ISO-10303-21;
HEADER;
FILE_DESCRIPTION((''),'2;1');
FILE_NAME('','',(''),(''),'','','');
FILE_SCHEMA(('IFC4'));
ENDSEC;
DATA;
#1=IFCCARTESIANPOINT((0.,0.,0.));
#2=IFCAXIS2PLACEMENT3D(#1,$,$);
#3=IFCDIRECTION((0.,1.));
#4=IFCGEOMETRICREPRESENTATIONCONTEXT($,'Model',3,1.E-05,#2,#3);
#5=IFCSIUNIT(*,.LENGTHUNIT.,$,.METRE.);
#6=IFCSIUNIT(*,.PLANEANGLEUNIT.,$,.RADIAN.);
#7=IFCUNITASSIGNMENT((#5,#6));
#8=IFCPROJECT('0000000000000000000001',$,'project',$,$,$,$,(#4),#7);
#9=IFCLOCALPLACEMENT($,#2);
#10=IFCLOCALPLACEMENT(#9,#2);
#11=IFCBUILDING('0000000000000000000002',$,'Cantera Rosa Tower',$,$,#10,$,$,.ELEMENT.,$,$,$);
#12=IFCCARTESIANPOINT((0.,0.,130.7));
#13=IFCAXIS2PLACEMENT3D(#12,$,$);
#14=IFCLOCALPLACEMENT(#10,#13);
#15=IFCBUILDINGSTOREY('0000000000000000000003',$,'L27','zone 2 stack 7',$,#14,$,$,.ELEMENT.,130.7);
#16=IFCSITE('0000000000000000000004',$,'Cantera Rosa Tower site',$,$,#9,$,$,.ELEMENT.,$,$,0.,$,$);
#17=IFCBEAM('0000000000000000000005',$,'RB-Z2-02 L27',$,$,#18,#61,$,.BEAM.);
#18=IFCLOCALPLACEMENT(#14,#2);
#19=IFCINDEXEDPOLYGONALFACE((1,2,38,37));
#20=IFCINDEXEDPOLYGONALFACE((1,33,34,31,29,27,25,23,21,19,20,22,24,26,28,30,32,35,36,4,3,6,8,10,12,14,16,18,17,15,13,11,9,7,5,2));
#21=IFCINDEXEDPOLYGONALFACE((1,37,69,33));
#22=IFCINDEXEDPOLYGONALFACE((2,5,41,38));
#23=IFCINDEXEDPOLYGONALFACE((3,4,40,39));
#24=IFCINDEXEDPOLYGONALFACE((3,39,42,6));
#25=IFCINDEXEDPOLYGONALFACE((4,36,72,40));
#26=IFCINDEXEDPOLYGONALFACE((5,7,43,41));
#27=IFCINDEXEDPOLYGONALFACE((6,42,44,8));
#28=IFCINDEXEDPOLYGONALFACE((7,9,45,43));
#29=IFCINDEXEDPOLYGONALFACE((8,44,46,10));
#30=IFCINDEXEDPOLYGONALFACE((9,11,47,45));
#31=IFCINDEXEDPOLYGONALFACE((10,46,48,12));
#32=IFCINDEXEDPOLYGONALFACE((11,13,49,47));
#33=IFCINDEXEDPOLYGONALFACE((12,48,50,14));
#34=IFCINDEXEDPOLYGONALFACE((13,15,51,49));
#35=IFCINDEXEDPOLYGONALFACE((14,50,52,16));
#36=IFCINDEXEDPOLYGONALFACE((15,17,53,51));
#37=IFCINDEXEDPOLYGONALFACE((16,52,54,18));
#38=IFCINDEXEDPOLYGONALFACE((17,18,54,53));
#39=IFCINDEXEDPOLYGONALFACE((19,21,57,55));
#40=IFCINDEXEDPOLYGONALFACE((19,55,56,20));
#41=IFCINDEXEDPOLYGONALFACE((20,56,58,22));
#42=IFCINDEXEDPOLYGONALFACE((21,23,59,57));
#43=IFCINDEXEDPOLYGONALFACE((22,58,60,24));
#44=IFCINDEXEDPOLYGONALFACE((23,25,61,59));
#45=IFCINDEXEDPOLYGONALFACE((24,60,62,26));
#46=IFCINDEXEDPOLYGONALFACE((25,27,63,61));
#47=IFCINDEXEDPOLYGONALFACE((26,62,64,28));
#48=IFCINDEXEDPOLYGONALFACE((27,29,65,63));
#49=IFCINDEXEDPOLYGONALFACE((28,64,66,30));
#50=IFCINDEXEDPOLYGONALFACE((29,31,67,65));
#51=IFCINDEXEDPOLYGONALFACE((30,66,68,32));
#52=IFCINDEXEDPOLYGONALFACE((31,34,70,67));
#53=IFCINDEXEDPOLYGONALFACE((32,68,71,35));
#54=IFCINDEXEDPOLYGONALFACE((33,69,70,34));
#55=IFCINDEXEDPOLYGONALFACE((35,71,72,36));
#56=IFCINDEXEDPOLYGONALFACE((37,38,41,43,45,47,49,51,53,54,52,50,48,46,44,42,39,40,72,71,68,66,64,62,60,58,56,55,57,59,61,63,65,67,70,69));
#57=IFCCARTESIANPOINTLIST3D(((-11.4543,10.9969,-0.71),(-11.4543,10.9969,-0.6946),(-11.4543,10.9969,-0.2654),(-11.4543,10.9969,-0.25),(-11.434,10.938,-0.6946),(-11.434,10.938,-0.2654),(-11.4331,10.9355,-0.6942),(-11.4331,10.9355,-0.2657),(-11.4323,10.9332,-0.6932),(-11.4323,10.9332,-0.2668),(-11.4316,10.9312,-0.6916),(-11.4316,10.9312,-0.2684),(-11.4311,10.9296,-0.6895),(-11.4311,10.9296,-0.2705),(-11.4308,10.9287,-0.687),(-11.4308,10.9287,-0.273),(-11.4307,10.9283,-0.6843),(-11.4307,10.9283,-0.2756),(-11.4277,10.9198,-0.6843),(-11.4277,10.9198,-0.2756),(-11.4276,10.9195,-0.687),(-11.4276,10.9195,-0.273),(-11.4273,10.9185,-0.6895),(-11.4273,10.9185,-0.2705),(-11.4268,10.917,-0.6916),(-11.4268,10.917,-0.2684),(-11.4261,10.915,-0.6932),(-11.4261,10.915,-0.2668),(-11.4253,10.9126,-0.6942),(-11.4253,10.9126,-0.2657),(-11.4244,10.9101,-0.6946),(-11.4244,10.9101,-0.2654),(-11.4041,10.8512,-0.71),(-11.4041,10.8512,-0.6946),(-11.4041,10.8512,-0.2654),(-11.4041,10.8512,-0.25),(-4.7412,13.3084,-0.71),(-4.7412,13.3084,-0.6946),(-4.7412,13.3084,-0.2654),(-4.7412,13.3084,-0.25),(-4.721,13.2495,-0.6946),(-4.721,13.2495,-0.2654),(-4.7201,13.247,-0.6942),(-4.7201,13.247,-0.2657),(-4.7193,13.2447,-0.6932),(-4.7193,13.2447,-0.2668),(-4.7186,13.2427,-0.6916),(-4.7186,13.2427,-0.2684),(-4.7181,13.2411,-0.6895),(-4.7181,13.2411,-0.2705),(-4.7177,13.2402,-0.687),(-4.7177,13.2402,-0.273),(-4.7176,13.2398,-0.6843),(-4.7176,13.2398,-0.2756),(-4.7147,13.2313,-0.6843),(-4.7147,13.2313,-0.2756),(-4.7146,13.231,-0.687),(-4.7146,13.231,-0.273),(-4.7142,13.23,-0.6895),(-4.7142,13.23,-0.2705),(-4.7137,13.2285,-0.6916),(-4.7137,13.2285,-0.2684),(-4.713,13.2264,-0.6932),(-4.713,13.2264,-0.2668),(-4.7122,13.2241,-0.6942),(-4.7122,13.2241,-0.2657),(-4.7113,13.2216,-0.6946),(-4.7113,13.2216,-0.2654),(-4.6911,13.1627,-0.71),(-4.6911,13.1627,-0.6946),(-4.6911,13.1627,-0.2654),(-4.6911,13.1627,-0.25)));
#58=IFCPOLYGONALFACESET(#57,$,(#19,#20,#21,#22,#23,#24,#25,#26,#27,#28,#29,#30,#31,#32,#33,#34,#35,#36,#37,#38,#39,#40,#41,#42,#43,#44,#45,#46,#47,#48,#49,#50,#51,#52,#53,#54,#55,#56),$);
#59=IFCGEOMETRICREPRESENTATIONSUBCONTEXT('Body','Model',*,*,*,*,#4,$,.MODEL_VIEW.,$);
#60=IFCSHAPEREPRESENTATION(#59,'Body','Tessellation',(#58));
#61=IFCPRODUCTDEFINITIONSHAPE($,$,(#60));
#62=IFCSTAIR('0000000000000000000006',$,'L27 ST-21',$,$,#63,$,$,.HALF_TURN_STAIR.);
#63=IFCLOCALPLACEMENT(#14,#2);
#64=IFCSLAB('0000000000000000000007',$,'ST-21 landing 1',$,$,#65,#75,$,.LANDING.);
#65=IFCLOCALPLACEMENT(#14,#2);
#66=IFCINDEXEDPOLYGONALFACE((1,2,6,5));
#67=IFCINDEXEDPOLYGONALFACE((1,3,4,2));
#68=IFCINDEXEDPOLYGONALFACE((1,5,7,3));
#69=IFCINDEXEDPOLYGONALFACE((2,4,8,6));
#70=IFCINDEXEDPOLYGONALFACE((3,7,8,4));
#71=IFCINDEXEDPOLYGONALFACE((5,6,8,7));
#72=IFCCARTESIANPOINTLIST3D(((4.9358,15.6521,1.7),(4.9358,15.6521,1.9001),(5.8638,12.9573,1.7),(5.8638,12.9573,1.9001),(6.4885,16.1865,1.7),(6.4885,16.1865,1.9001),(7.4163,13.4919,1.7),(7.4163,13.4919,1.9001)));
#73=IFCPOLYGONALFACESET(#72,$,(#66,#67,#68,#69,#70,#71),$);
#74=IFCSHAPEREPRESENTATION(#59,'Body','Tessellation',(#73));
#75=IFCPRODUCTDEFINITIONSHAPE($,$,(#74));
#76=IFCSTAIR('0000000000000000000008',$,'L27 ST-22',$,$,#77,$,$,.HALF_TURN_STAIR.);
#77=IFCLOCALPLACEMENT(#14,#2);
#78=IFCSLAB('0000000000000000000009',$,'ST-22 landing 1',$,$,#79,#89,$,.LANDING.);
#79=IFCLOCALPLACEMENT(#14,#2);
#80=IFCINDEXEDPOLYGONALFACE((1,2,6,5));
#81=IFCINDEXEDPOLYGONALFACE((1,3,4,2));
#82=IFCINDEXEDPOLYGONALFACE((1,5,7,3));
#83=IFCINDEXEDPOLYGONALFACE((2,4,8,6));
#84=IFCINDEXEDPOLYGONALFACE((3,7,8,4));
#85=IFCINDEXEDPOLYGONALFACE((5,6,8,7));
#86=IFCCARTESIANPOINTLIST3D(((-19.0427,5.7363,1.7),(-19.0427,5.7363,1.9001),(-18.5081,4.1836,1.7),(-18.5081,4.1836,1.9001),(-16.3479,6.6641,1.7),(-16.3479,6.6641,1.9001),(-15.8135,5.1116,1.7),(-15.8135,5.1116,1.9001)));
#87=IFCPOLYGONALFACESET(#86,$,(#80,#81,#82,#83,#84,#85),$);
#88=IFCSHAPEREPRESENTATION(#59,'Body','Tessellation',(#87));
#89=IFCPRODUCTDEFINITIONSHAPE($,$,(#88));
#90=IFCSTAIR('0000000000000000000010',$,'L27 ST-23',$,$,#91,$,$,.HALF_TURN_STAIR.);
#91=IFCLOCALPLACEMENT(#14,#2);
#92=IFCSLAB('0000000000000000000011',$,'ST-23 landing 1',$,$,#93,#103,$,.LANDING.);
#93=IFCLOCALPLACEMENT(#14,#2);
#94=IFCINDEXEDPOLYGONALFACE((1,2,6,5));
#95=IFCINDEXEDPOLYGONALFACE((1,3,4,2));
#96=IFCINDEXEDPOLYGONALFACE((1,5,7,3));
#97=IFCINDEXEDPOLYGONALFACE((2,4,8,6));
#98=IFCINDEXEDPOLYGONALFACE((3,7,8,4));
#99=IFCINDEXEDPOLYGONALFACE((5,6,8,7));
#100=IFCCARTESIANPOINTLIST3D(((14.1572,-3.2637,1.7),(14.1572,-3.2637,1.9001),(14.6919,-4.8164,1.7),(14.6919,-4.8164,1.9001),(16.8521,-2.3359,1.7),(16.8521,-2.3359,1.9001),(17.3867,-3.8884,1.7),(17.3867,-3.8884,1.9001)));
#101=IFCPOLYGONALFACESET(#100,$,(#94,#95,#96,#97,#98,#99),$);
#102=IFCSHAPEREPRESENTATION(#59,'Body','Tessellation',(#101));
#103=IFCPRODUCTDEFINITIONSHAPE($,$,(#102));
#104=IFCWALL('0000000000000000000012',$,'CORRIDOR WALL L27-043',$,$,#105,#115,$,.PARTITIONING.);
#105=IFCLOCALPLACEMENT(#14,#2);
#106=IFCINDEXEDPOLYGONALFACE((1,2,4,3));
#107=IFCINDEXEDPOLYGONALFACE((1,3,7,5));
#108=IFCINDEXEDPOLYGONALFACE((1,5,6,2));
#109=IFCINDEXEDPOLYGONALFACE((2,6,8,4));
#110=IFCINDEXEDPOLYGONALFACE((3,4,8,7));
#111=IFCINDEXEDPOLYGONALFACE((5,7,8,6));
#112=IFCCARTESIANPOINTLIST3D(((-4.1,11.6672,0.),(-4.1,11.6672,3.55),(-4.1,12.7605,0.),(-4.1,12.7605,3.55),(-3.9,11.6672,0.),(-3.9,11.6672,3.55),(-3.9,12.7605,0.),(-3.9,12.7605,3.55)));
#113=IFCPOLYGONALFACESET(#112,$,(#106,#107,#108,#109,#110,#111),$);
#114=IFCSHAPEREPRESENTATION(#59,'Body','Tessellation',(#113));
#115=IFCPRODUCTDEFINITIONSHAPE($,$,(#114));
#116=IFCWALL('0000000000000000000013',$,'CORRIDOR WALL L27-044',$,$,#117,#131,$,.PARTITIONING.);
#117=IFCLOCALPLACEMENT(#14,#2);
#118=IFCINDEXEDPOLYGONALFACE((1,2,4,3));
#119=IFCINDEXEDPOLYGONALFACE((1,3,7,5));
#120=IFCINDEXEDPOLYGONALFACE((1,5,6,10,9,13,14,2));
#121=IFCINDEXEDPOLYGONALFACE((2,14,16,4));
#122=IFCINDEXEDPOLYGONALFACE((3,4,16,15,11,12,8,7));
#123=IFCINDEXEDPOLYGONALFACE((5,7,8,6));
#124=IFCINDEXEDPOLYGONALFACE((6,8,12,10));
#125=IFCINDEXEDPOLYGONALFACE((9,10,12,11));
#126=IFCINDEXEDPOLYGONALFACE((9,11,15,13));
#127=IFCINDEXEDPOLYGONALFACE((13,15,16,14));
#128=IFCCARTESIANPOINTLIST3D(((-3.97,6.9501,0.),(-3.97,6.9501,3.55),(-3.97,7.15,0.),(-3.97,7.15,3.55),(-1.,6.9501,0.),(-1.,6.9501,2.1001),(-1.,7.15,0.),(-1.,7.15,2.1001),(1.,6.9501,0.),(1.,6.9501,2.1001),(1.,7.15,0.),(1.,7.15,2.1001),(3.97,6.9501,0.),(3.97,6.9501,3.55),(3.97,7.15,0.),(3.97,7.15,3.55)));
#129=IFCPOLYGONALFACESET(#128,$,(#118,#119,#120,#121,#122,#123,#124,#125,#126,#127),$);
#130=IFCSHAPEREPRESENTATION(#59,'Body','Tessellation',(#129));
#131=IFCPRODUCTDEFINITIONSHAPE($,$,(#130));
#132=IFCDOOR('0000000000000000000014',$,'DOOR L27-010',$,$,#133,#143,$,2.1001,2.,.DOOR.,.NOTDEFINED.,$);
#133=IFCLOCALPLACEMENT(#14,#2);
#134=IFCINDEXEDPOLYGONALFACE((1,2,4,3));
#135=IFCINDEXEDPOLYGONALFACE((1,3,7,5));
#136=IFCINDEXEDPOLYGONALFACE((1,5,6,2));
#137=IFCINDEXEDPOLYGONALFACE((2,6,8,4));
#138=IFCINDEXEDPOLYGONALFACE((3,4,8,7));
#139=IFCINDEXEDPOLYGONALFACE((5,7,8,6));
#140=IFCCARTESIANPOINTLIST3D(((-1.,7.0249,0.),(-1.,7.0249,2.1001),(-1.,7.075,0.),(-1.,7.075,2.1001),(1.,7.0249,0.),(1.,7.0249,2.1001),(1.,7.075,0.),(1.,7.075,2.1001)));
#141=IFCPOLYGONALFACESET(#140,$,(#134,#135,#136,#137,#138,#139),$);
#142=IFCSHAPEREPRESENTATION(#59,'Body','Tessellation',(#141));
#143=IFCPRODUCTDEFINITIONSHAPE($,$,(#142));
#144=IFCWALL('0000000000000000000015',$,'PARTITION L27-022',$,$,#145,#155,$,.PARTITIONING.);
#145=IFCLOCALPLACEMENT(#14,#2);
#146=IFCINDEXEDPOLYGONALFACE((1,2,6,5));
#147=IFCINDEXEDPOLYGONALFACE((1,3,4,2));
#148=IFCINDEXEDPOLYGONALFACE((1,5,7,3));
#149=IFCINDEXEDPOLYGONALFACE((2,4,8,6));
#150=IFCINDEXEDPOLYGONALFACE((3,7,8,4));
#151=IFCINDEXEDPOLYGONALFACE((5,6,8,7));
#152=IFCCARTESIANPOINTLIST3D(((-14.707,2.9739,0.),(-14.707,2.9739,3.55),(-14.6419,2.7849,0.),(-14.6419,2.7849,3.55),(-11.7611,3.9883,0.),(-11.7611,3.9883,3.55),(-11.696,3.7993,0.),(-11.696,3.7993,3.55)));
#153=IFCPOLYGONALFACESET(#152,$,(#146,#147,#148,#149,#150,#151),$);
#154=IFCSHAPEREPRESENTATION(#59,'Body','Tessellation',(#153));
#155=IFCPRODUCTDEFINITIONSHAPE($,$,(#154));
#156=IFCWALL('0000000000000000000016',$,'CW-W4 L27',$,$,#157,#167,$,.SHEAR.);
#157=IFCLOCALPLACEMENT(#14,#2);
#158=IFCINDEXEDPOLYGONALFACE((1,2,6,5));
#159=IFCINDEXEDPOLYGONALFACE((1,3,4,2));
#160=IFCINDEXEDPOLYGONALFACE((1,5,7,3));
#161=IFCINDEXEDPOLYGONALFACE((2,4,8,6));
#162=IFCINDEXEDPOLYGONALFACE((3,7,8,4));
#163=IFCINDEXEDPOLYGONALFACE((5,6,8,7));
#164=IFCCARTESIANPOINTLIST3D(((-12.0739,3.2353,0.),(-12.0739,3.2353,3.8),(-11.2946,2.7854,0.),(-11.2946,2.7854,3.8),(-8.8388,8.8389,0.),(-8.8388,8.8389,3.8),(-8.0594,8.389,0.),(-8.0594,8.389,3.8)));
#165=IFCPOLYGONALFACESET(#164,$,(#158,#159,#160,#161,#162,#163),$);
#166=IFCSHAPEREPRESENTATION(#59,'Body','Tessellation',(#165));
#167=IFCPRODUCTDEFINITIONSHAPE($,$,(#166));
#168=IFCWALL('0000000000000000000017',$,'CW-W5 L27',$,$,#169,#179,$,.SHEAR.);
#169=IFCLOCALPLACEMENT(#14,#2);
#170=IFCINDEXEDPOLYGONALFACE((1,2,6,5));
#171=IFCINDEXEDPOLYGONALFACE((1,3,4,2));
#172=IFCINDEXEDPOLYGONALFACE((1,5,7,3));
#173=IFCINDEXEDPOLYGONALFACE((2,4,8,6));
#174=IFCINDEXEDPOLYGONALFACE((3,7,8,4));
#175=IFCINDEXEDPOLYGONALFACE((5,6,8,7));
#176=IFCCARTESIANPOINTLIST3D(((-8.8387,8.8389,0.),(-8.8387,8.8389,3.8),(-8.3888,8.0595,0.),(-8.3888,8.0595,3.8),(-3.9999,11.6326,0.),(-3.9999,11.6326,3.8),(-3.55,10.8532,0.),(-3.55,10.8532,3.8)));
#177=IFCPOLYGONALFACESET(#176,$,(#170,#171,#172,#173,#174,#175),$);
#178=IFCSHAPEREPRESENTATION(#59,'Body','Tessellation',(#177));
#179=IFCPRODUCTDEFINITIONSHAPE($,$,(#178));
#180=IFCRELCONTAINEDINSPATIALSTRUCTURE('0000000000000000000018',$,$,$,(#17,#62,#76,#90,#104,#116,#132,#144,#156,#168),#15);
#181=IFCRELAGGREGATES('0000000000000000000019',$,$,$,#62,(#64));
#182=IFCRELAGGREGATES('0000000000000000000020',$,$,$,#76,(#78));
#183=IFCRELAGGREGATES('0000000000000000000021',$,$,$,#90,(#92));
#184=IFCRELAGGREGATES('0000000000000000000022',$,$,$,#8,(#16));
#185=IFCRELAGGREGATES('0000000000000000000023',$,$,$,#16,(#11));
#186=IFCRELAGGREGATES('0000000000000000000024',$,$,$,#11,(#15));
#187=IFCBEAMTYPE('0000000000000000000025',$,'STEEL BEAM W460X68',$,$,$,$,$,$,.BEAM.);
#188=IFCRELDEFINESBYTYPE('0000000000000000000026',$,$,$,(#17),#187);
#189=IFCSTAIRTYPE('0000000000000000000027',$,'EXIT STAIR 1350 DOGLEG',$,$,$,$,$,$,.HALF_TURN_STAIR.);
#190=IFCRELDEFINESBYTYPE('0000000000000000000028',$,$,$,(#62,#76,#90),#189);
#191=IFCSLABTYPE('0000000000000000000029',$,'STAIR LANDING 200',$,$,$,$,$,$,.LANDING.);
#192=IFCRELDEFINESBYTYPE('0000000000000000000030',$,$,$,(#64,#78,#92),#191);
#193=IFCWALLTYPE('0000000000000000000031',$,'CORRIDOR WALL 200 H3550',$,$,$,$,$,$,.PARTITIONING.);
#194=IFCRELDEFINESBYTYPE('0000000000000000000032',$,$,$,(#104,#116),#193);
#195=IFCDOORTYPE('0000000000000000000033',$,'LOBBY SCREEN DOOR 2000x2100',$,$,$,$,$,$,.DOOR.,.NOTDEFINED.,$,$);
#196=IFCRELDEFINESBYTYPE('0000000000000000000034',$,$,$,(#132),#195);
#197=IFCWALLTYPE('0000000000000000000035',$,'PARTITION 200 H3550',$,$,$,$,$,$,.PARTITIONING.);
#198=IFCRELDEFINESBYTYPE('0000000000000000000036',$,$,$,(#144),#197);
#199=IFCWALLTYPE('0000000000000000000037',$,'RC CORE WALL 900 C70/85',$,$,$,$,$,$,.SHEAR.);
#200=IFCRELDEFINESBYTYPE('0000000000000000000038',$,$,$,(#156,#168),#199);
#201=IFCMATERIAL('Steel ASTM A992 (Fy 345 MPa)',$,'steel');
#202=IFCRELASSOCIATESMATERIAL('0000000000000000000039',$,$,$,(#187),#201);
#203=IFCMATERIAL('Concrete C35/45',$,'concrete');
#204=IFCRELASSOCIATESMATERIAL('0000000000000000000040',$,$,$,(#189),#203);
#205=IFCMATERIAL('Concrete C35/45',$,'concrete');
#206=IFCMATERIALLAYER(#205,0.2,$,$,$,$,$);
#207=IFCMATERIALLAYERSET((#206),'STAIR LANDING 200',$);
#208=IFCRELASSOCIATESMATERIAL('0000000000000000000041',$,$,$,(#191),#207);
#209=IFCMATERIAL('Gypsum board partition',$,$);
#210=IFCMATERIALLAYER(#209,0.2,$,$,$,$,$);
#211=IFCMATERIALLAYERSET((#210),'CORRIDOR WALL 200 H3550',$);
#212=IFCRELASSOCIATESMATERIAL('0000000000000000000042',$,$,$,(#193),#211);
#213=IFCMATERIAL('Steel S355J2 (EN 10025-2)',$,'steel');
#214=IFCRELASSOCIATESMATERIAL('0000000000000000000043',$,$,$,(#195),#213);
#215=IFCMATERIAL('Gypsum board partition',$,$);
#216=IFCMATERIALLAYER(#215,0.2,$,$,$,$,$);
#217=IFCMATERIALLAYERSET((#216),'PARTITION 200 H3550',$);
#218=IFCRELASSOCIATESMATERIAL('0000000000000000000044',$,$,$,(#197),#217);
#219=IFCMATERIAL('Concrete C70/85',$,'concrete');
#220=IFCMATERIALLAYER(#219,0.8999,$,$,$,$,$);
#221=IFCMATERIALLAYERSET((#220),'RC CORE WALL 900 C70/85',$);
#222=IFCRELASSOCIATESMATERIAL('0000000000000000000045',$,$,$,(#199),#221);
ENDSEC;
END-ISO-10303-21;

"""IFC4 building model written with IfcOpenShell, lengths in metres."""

from ifc_helpers import new_model, si_unit, direction, frame, frame_2d, origin, origin_2d, place, context, subcontext, project, spatial, polyline, rectangle, i_section, outline, extrude, material, layer, layer_set, material_profile, profile_set, type_object, element, fill, aggregate, save


model = new_model("IFC4")

# Units and contexts
model_context = context("Model", 3, precision=1e-05, world=origin(), true_north=direction((0.0, 1.0)))
body_context = subcontext(model_context, "Body", "Model", "MODEL_VIEW")
ifc_project = project(units=[si_unit("LENGTHUNIT", "METRE"), si_unit("PLANEANGLEUNIT", "RADIAN")], contexts=[model_context])

# Site, building, storey
site_placement = place(None, origin())
site = spatial("IfcSite", under=ifc_project, at=site_placement, Name="Cantera Rosa Tower site", CompositionType="ELEMENT", RefElevation=0.0)
building_placement = place(site_placement, origin())
building = spatial("IfcBuilding", under=site, at=building_placement, Name="Cantera Rosa Tower", CompositionType="ELEMENT")
storey_placement = place(building_placement, frame((0.0, 0.0, 130.7)))
storey = spatial("IfcBuildingStorey", under=building, at=storey_placement, Name="L27", Description="zone 2 stack 7", CompositionType="ELEMENT", Elevation=130.7)

# Beam
ifc_material_1 = material(Name="Steel ASTM A992 (Fy 345 MPa)", Category="steel")
ifc_material_profile = material_profile(ifc_material_1, i_section(OverallWidth=0.1541, OverallDepth=0.46, WebThickness=0.009, FlangeThickness=0.0154, FilletRadius=0.0103, at=origin_2d()), Name="W460X68")
ifc_profile_set = profile_set([ifc_material_profile], Name="Steel ASTM A992 (Fy 345 MPa)")
beam_type = type_object("IfcBeamType", Name="STEEL BEAM W460X68", PredefinedType="BEAM", material=ifc_profile_set)
beam_placement = place(storey_placement, frame((-11.4292, 10.9241, -0.48), z_axis=(0.945518, 0.325569, 0.0), x_axis=(-0.325569, 0.945518, 0.0)))
element("IfcBeam", 1, at=beam_placement, inside=storey, type_object=beam_type, Name="RB-Z2-02 L27", PredefinedType="BEAM", context=body_context, shape_type="SweptSolid", body=[
    extrude(i_section(OverallWidth=0.1541, OverallDepth=0.46, WebThickness=0.009, FlangeThickness=0.0154, FilletRadius=0.0103, at=origin_2d()), origin(), (0.0, 0.0, 1.0), 7.0999),
])

# Stairs, slabs
ifc_material_2 = material(Name="Concrete C35/45", Category="concrete")
stair_type = type_object("IfcStairType", Name="EXIT STAIR 1350 DOGLEG", PredefinedType="HALF_TURN_STAIR", material=ifc_material_2)
stair_1_placement = place(storey_placement, origin())
stair_1 = element("IfcStair", 2, at=stair_1_placement, inside=storey, type_object=stair_type, Name="L27 ST-21", PredefinedType="HALF_TURN_STAIR")
ifc_material_3 = material(Name="Concrete C35/45", Category="concrete")
ifc_layer_1 = layer(ifc_material_3, 0.2)
ifc_layer_set_1 = layer_set([ifc_layer_1], Name="STAIR LANDING 200")
slab_type = type_object("IfcSlabType", Name="STAIR LANDING 200", PredefinedType="LANDING", material=ifc_layer_set_1)
slab_1_placement = place(storey_placement, frame((0.0, 0.0, 1.7)))
slab_1 = element("IfcSlab", 3, at=slab_1_placement, type_object=slab_type, Name="ST-21 landing 1", PredefinedType="LANDING", context=body_context, shape_type="SweptSolid", body=[
    extrude(outline(polyline([(6.4885, 16.1865), (4.9358, 15.6521), (5.8638, 12.9573), (7.4163, 13.4919), (6.4885, 16.1865)])), origin(), (0.0, 0.0, 1.0), 0.2002),
])
aggregate(stair_1, [slab_1])
stair_2_placement = place(storey_placement, origin())
stair_2 = element("IfcStair", 4, at=stair_2_placement, inside=storey, type_object=stair_type, Name="L27 ST-22", PredefinedType="HALF_TURN_STAIR")
slab_2_placement = place(storey_placement, frame((0.0, 0.0, 1.7)))
slab_2 = element("IfcSlab", 5, at=slab_2_placement, type_object=slab_type, Name="ST-22 landing 1", PredefinedType="LANDING", context=body_context, shape_type="SweptSolid", body=[
    extrude(outline(polyline([(-15.8135, 5.1116), (-16.3479, 6.6641), (-19.0427, 5.7363), (-18.5081, 4.1836), (-15.8135, 5.1116)])), origin(), (0.0, 0.0, 1.0), 0.2002),
])
aggregate(stair_2, [slab_2])
stair_3_placement = place(storey_placement, origin())
stair_3 = element("IfcStair", 6, at=stair_3_placement, inside=storey, type_object=stair_type, Name="L27 ST-23", PredefinedType="HALF_TURN_STAIR")
slab_3_placement = place(storey_placement, frame((0.0, 0.0, 1.7)))
slab_3 = element("IfcSlab", 7, at=slab_3_placement, type_object=slab_type, Name="ST-23 landing 1", PredefinedType="LANDING", context=body_context, shape_type="SweptSolid", body=[
    extrude(outline(polyline([(17.3867, -3.8884), (16.8521, -2.3359), (14.1572, -3.2637), (14.6919, -4.8164), (17.3867, -3.8884)])), origin(), (0.0, 0.0, 1.0), 0.2002),
])
aggregate(stair_3, [slab_3])

# Wall
ifc_material_4 = material(Name="Gypsum board partition")
ifc_layer_2 = layer(ifc_material_4, 0.2)
ifc_layer_set_2 = layer_set([ifc_layer_2], Name="CORRIDOR WALL 200 H3550")
wall_type_1 = type_object("IfcWallType", Name="CORRIDOR WALL 200 H3550", PredefinedType="PARTITIONING", material=ifc_layer_set_2)
wall_1_placement = place(storey_placement, frame((-4.0, 12.7605, 0.0), z_axis=(0.0, 0.0, 1.0), x_axis=(0.0, -1.0, 0.0)))
element("IfcWall", 8, at=wall_1_placement, inside=storey, type_object=wall_type_1, Name="CORRIDOR WALL L27-043", PredefinedType="PARTITIONING", context=body_context, shape_type="SweptSolid", body=[
    extrude(rectangle(XDim=1.0933, YDim=0.2, at=frame_2d((0.5466, 0.0))), origin(), (0.0, 0.0, 1.0), 3.55),
])

# Wall, opening, door
wall_2_placement = place(storey_placement, frame((-3.97, 7.05, 0.0), z_axis=(0.0, 0.0, 1.0), x_axis=(1.0, 0.0, 0.0)))
wall_2 = element("IfcWall", 9, at=wall_2_placement, inside=storey, type_object=wall_type_1, Name="CORRIDOR WALL L27-044", PredefinedType="PARTITIONING", context=body_context, shape_type="SweptSolid", body=[
    extrude(rectangle(XDim=7.9399, YDim=0.2, at=frame_2d((3.97, 0.0))), origin(), (0.0, 0.0, 1.0), 3.55),
])
opening_1_placement = place(wall_2_placement, frame((2.97, 0.0, 0.0)))
opening_1 = element("IfcOpeningElement", 10, at=opening_1_placement, cuts=wall_2, PredefinedType="OPENING", context=body_context, shape_type="SweptSolid", body=[
    extrude(rectangle(XDim=2.0, YDim=2.1001, at=frame_2d((1.0, 1.05))), frame((0.0, 0.1099, 0.0), z_axis=(0.0, -1.0, 0.0), x_axis=(1.0, 0.0, 0.0)), (0.0, 0.0, 1.0), 0.22),
])
ifc_material_5 = material(Name="Steel S355J2 (EN 10025-2)", Category="steel")
door_type_1 = type_object("IfcDoorType", Name="LOBBY SCREEN DOOR 2000x2100", OperationType="NOTDEFINED", PredefinedType="DOOR", material=ifc_material_5)
door_1_placement = place(opening_1_placement, origin())
door_1 = element("IfcDoor", 11, at=door_1_placement, inside=storey, type_object=door_type_1, Name="DOOR L27-010", OperationType="NOTDEFINED", OverallHeight=2.1001, OverallWidth=2.0, PredefinedType="DOOR", context=body_context, shape_type="SweptSolid", body=[
    extrude(rectangle(XDim=2.0, YDim=2.1001, at=frame_2d((1.0, 1.05))), frame((0.0, 0.0249, 0.0), z_axis=(0.0, -1.0, 0.0), x_axis=(1.0, 0.0, 0.0)), (0.0, 0.0, 1.0), 0.05),
])
fill(opening_1, door_1)

# Walls
ifc_material_6 = material(Name="Gypsum board partition")
ifc_layer_3 = layer(ifc_material_6, 0.2)
ifc_layer_set_3 = layer_set([ifc_layer_3], Name="PARTITION 200 H3550")
wall_type_2 = type_object("IfcWallType", Name="PARTITION 200 H3550", PredefinedType="PARTITIONING", material=ifc_layer_set_3)
wall_3_placement = place(storey_placement, frame((-11.7285, 3.8938, 0.0), z_axis=(0.0, 0.0, 1.0), x_axis=(-0.945519, -0.325568, 0.0)))
element("IfcWall", 12, at=wall_3_placement, inside=storey, type_object=wall_type_2, Name="PARTITION L27-022", PredefinedType="PARTITIONING", context=body_context, shape_type="SweptSolid", body=[
    extrude(rectangle(XDim=3.1157, YDim=0.2, at=frame_2d((1.5579, 0.0))), origin(), (0.0, 0.0, 1.0), 3.55),
])
ifc_material_7 = material(Name="Concrete C70/85", Category="concrete")
ifc_layer_4 = layer(ifc_material_7, 0.8999)
ifc_layer_set_4 = layer_set([ifc_layer_4], Name="RC CORE WALL 900 C70/85")
wall_type_3 = type_object("IfcWallType", Name="RC CORE WALL 900 C70/85", PredefinedType="SHEAR", material=ifc_layer_set_4)
wall_4_placement = place(storey_placement, frame((-11.6843, 3.0103, 0.0), z_axis=(0.0, 0.0, 1.0), x_axis=(0.49999, 0.866031, 0.0)))
element("IfcWall", 13, at=wall_4_placement, inside=storey, type_object=wall_type_3, Name="CW-W4 L27", PredefinedType="SHEAR", context=body_context, shape_type="SweptSolid", body=[
    extrude(rectangle(XDim=6.4705, YDim=0.8999, at=frame_2d((3.2354, 0.0))), origin(), (0.0, 0.0, 1.0), 3.8),
])
wall_5_placement = place(storey_placement, frame((-8.6138, 8.4492, 0.0), z_axis=(0.0, 0.0, 1.0), x_axis=(0.866027, 0.499997, 0.0)))
element("IfcWall", 14, at=wall_5_placement, inside=storey, type_object=wall_type_3, Name="CW-W5 L27", PredefinedType="SHEAR", context=body_context, shape_type="SweptSolid", body=[
    extrude(rectangle(XDim=5.5874, YDim=0.8999, at=frame_2d((2.7937, 0.0))), origin(), (0.0, 0.0, 1.0), 3.8),
])

save(model, "model.ifc")
